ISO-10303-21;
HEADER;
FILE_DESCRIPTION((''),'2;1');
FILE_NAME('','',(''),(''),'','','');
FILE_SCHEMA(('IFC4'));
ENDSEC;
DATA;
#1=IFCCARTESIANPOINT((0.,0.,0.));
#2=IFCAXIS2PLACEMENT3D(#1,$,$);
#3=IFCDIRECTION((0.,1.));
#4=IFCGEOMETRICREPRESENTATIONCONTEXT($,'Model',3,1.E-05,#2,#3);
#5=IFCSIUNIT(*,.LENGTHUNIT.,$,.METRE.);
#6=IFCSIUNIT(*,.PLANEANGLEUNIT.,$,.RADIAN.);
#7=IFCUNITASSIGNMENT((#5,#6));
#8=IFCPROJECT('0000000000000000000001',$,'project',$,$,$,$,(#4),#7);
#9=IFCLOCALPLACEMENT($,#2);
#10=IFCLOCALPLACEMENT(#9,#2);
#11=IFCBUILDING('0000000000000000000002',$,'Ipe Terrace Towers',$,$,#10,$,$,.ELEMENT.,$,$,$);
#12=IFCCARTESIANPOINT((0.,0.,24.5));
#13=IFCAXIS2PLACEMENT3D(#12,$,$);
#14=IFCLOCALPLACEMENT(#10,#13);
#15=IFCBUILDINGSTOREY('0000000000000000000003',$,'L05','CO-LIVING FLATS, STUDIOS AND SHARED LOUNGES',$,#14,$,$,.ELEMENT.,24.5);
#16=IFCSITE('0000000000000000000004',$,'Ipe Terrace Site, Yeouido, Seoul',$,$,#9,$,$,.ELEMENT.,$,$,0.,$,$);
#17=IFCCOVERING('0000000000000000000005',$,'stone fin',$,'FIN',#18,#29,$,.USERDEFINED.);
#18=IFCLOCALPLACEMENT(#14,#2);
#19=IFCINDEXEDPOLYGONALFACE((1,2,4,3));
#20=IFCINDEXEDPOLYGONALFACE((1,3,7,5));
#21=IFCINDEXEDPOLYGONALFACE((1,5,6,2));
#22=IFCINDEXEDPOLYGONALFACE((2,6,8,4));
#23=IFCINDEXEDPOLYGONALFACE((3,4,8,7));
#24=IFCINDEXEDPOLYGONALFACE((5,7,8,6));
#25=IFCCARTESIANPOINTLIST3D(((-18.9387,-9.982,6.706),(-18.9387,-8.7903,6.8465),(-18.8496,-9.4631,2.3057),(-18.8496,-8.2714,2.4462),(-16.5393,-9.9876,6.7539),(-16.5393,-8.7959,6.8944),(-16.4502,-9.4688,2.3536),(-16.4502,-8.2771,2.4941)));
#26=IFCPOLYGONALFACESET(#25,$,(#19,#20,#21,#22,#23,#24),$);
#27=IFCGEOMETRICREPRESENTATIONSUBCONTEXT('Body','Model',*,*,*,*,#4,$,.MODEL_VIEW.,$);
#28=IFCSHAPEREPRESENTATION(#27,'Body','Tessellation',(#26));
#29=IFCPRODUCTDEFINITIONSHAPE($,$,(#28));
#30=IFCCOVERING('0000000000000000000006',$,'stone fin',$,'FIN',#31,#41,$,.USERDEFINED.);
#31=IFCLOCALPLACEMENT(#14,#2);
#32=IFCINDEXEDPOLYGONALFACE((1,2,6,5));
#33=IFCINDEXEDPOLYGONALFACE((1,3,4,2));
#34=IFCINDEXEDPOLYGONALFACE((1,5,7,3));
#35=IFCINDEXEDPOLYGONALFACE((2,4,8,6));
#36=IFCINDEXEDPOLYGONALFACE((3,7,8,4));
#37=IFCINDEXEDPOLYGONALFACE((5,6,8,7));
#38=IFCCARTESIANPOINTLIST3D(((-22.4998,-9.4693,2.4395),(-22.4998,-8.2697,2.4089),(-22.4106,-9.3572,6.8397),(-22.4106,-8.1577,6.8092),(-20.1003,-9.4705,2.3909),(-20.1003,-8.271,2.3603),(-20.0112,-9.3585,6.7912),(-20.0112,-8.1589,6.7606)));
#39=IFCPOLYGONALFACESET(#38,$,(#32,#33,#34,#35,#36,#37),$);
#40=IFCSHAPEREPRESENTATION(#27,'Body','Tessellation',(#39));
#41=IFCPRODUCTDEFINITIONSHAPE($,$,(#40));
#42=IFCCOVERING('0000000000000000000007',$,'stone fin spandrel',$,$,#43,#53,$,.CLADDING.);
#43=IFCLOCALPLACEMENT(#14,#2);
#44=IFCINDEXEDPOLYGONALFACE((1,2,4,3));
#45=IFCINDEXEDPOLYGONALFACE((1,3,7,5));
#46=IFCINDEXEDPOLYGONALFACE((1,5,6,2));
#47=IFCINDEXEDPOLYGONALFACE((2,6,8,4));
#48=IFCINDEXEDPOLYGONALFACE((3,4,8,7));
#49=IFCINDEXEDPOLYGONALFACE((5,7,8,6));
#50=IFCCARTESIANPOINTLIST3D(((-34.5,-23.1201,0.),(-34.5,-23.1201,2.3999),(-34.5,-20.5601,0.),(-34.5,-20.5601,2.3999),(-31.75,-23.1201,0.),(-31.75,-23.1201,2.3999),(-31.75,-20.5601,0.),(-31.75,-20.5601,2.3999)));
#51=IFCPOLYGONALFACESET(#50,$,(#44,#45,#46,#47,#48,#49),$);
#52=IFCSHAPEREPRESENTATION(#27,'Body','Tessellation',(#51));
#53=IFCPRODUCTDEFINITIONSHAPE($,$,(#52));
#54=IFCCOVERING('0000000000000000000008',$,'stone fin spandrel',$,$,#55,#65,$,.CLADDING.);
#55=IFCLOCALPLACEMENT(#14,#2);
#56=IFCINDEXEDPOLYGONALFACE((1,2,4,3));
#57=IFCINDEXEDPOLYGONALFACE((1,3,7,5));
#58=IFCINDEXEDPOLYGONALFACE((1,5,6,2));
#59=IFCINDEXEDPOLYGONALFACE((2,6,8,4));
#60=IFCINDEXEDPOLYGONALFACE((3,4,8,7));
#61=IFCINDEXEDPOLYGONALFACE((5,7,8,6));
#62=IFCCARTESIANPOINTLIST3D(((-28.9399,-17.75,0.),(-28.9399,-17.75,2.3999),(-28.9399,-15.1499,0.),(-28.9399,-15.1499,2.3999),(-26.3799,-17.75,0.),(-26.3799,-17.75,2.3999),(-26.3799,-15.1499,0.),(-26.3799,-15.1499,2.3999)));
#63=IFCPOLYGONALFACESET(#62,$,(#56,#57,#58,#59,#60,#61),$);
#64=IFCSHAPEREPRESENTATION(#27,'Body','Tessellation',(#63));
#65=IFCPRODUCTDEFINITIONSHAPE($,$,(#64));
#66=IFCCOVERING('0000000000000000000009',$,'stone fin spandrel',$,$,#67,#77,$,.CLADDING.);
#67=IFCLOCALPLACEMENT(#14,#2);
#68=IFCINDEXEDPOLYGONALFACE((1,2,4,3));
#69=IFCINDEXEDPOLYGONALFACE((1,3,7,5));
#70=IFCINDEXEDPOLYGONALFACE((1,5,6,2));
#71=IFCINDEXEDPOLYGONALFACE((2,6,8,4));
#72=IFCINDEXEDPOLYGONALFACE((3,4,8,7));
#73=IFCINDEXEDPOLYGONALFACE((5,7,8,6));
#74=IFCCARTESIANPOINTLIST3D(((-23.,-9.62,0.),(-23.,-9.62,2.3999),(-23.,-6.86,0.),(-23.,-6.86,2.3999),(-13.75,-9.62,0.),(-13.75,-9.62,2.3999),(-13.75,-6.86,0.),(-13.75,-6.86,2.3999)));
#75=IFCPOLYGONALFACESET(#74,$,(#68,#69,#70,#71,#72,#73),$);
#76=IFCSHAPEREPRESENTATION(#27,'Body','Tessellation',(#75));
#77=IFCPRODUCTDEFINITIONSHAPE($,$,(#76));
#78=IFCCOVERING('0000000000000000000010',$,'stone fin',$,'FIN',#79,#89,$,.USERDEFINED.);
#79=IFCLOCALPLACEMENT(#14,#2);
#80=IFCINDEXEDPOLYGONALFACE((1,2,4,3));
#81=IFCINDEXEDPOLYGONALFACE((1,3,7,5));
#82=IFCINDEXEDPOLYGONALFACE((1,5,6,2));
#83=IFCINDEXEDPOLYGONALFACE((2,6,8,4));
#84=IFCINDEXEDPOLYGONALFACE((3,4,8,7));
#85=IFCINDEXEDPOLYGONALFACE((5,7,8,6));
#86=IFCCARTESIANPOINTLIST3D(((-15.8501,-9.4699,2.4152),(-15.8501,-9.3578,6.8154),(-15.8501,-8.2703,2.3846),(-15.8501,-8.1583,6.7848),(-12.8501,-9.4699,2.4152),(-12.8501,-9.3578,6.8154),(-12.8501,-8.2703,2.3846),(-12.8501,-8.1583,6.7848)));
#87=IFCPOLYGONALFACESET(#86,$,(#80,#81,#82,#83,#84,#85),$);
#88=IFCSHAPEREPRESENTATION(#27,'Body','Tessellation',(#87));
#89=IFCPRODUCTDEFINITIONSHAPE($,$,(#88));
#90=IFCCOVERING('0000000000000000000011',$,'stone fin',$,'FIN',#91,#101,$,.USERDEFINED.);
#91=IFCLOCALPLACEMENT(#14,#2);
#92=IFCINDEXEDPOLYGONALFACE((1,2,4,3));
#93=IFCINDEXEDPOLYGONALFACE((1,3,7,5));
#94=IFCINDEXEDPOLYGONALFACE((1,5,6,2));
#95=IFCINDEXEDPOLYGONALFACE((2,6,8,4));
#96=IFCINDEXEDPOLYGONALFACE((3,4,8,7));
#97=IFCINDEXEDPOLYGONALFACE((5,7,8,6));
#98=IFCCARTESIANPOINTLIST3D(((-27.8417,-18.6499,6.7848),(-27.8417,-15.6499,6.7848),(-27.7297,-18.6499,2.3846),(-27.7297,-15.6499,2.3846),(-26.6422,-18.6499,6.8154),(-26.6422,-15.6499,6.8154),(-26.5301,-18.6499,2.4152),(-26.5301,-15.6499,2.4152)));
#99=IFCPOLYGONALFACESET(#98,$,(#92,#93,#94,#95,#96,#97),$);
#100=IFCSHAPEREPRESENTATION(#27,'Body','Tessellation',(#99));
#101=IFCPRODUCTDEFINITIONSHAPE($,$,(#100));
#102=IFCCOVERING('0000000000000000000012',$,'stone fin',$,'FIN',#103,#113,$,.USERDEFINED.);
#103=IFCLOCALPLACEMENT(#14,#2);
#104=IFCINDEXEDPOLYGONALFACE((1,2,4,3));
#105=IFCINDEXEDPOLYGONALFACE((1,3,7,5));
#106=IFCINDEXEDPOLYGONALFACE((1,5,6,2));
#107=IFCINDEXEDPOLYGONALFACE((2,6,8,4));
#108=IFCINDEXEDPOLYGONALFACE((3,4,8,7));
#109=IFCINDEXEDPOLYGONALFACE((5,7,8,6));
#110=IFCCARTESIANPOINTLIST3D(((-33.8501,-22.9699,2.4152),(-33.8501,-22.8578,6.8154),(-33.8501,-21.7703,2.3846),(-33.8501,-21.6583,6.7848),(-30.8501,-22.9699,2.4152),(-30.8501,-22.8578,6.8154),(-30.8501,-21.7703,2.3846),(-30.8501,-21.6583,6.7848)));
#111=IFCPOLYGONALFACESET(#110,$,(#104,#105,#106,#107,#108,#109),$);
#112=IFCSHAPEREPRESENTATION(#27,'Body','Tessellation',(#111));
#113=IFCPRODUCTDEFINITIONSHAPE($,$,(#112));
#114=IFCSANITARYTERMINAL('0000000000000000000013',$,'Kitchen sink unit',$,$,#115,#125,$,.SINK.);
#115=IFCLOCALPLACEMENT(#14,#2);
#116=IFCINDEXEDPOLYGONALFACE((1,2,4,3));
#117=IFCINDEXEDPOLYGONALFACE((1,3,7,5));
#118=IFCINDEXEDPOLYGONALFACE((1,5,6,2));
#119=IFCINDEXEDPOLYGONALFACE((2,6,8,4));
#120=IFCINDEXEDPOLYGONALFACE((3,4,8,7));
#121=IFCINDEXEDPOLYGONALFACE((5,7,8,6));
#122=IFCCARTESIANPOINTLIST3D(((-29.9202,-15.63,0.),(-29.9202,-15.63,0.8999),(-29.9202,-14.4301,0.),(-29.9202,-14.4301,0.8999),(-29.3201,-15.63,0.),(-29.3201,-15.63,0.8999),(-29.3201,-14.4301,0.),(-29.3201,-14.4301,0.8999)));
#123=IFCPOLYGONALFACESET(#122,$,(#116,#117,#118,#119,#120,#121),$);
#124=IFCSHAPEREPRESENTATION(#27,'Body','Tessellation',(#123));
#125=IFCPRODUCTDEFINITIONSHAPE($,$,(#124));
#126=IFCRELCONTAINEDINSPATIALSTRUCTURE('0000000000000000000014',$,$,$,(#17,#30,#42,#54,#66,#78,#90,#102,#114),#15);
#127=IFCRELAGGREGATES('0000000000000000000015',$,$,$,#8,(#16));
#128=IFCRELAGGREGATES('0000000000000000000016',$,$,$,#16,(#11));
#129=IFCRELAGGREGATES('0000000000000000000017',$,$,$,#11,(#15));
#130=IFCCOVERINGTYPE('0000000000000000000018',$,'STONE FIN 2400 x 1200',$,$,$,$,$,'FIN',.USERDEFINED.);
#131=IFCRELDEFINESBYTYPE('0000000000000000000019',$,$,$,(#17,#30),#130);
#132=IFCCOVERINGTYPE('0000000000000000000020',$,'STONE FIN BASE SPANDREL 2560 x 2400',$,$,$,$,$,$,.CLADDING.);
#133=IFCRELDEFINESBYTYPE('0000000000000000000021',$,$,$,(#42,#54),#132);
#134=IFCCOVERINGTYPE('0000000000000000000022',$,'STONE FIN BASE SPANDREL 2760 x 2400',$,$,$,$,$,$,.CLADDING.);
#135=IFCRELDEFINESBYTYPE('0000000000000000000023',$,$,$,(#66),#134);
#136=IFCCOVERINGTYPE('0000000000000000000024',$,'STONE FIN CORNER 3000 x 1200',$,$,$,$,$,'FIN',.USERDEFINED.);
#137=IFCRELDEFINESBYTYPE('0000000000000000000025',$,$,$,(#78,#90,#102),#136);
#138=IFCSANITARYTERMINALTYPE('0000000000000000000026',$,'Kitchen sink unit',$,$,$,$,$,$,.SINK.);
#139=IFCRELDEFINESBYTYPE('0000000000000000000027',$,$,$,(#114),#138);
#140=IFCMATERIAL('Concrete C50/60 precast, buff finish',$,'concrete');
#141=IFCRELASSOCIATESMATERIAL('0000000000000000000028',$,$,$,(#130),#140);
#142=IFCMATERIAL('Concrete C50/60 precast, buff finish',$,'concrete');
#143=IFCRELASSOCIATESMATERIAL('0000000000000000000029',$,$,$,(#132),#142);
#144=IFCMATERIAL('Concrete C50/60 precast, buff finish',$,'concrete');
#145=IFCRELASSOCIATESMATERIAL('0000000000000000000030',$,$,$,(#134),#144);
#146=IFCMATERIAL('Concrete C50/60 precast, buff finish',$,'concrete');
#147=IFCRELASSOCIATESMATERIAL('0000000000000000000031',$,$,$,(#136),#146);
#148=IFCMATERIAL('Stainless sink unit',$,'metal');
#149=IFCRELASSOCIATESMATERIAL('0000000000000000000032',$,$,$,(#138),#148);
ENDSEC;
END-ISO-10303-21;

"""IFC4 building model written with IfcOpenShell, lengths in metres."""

from ifc_helpers import new_model, si_unit, direction, frame, origin, origin_2d, place, context, subcontext, project, spatial, rectangle, extrude, material, material_profile, profile_set, type_object, element, save


model = new_model("IFC4")

# Units and contexts
model_context = context("Model", 3, precision=1e-05, world=origin(), true_north=direction((0.0, 1.0)))
body_context = subcontext(model_context, "Body", "Model", "MODEL_VIEW")
ifc_project = project(units=[si_unit("LENGTHUNIT", "METRE"), si_unit("PLANEANGLEUNIT", "RADIAN")], contexts=[model_context])

# Site, building, storey
site_placement = place(None, origin())
site = spatial("IfcSite", under=ifc_project, at=site_placement, Name="Ipe Terrace Site, Yeouido, Seoul", CompositionType="ELEMENT", RefElevation=0.0)
building_placement = place(site_placement, origin())
building = spatial("IfcBuilding", under=site, at=building_placement, Name="Ipe Terrace Towers", CompositionType="ELEMENT")
storey_placement = place(building_placement, frame((0.0, 0.0, 24.5)))
storey = spatial("IfcBuildingStorey", under=building, at=storey_placement, Name="L05", Description="CO-LIVING FLATS, STUDIOS AND SHARED LOUNGES", CompositionType="ELEMENT", Elevation=24.5)

# Coverings
ifc_material_1 = material(Name="Concrete C50/60 precast, buff finish", Category="concrete")
ifc_material_profile_1 = material_profile(ifc_material_1, rectangle(XDim=2.3999, YDim=1.2, at=origin_2d()), Name="STONE FIN 2400 x 1200")
ifc_profile_set_1 = profile_set([ifc_material_profile_1], Name="Concrete C50/60 precast, buff finish")
covering_type_1 = type_object("IfcCoveringType", Name="STONE FIN 2400 x 1200", ElementType="FIN", PredefinedType="USERDEFINED", material=ifc_profile_set_1)
covering_1_placement = place(storey_placement, frame((-17.6499, -8.8701, 2.3999), z_axis=(-0.020109, -0.11707, 0.99292), x_axis=(0.999798, -0.002355, 0.01997)))
element("IfcCovering", 1, at=covering_1_placement, inside=storey, type_object=covering_type_1, Name="stone fin", ObjectType="FIN", PredefinedType="USERDEFINED", context=body_context, shape_type="SweptSolid", body=[
    extrude(rectangle(XDim=2.3999, YDim=1.2, at=origin_2d()), origin(), (0.0, 0.0, 1.0), 4.4316),
])
covering_2_placement = place(storey_placement, frame((-21.3, -8.8701, 2.3999), z_axis=(0.020241, 0.025454, 0.999471), x_axis=(0.999795, -0.000515, -0.020235)))
element("IfcCovering", 2, at=covering_2_placement, inside=storey, type_object=covering_type_1, Name="stone fin", ObjectType="FIN", PredefinedType="USERDEFINED", context=body_context, shape_type="SweptSolid", body=[
    extrude(rectangle(XDim=2.3999, YDim=1.2, at=origin_2d()), origin(), (0.0, 0.0, 1.0), 4.4026),
])
ifc_material_2 = material(Name="Concrete C50/60 precast, buff finish", Category="concrete")
ifc_material_profile_2 = material_profile(ifc_material_2, rectangle(XDim=2.5601, YDim=2.3999, at=origin_2d()), Name="STONE FIN BASE SPANDREL 2560 x 2400")
ifc_profile_set_2 = profile_set([ifc_material_profile_2], Name="Concrete C50/60 precast, buff finish")
covering_type_2 = type_object("IfcCoveringType", Name="STONE FIN BASE SPANDREL 2560 x 2400", PredefinedType="CLADDING", material=ifc_profile_set_2)
covering_3_placement = place(storey_placement, frame((-34.5, -21.8401, 1.2), z_axis=(1.0, 0.0, 0.0), x_axis=(0.0, -1.0, 0.0)))
element("IfcCovering", 3, at=covering_3_placement, inside=storey, type_object=covering_type_2, Name="stone fin spandrel", PredefinedType="CLADDING", context=body_context, shape_type="SweptSolid", body=[
    extrude(rectangle(XDim=2.5601, YDim=2.3999, at=origin_2d()), origin(), (0.0, 0.0, 1.0), 2.75),
])
covering_4_placement = place(storey_placement, frame((-27.6599, -17.75, 1.2), z_axis=(0.0, 1.0, 0.0), x_axis=(1.0, 0.0, 0.0)))
element("IfcCovering", 4, at=covering_4_placement, inside=storey, type_object=covering_type_2, Name="stone fin spandrel", PredefinedType="CLADDING", context=body_context, shape_type="SweptSolid", body=[
    extrude(rectangle(XDim=2.5601, YDim=2.3999, at=origin_2d()), origin(), (0.0, 0.0, 1.0), 2.6001),
])
ifc_material_3 = material(Name="Concrete C50/60 precast, buff finish", Category="concrete")
ifc_material_profile_3 = material_profile(ifc_material_3, rectangle(XDim=2.76, YDim=2.3999, at=origin_2d()), Name="STONE FIN BASE SPANDREL 2760 x 2400")
ifc_profile_set_3 = profile_set([ifc_material_profile_3], Name="Concrete C50/60 precast, buff finish")
covering_type_3 = type_object("IfcCoveringType", Name="STONE FIN BASE SPANDREL 2760 x 2400", PredefinedType="CLADDING", material=ifc_profile_set_3)
covering_5_placement = place(storey_placement, frame((-23.0, -8.24, 1.2), z_axis=(1.0, 0.0, 0.0), x_axis=(0.0, -1.0, 0.0)))
element("IfcCovering", 5, at=covering_5_placement, inside=storey, type_object=covering_type_3, Name="stone fin spandrel", PredefinedType="CLADDING", context=body_context, shape_type="SweptSolid", body=[
    extrude(rectangle(XDim=2.76, YDim=2.3999, at=origin_2d()), origin(), (0.0, 0.0, 1.0), 9.25),
])
ifc_material_4 = material(Name="Concrete C50/60 precast, buff finish", Category="concrete")
ifc_material_profile_4 = material_profile(ifc_material_4, rectangle(XDim=3.0, YDim=1.2, at=origin_2d()), Name="STONE FIN CORNER 3000 x 1200")
ifc_profile_set_4 = profile_set([ifc_material_profile_4], Name="Concrete C50/60 precast, buff finish")
covering_type_4 = type_object("IfcCoveringType", Name="STONE FIN CORNER 3000 x 1200", ElementType="FIN", PredefinedType="USERDEFINED", material=ifc_profile_set_4)
for number, where, z_axis, x_axis, name in (
    (6, (-14.3501, -8.8701, 2.3999), (0.0, 0.025459, 0.999676), (1.0, 0.0, 0.0), "stone fin"),
    (7, (-27.1299, -17.1499, 2.3999), (-0.025459, 0.0, 0.999676), (0.0, 1.0, 0.0), "stone fin"),
    (8, (-32.3501, -22.3701, 2.3999), (0.0, 0.025459, 0.999676), (1.0, 0.0, 0.0), "stone fin"),
):
    element("IfcCovering", number, at=place(storey_placement, frame(where, z_axis=z_axis, x_axis=x_axis)), inside=storey, type_object=covering_type_4, Name=name, ObjectType="FIN", PredefinedType="USERDEFINED", context=body_context, shape_type="SweptSolid", body=[
        extrude(rectangle(XDim=3.0, YDim=1.2, at=origin_2d()), origin(), (0.0, 0.0, 1.0), 4.4016),
    ])

# Sanitary terminal
ifc_material_5 = material(Name="Stainless sink unit", Category="metal")
sanitary_terminal_type = type_object("IfcSanitaryTerminalType", Name="Kitchen sink unit", PredefinedType="SINK", material=ifc_material_5)
sanitary_terminal_placement = place(storey_placement, frame((-29.6201, -15.03, 0.0), z_axis=(0.0, 0.0, 1.0), x_axis=(0.0, -1.0, 0.0)))
element("IfcSanitaryTerminal", 9, at=sanitary_terminal_placement, inside=storey, type_object=sanitary_terminal_type, Name="Kitchen sink unit", PredefinedType="SINK", context=body_context, shape_type="SweptSolid", body=[
    extrude(rectangle(XDim=1.2, YDim=0.6001, at=origin_2d()), origin(), (0.0, 0.0, 1.0), 0.8999),
])

save(model, "model.ifc")
